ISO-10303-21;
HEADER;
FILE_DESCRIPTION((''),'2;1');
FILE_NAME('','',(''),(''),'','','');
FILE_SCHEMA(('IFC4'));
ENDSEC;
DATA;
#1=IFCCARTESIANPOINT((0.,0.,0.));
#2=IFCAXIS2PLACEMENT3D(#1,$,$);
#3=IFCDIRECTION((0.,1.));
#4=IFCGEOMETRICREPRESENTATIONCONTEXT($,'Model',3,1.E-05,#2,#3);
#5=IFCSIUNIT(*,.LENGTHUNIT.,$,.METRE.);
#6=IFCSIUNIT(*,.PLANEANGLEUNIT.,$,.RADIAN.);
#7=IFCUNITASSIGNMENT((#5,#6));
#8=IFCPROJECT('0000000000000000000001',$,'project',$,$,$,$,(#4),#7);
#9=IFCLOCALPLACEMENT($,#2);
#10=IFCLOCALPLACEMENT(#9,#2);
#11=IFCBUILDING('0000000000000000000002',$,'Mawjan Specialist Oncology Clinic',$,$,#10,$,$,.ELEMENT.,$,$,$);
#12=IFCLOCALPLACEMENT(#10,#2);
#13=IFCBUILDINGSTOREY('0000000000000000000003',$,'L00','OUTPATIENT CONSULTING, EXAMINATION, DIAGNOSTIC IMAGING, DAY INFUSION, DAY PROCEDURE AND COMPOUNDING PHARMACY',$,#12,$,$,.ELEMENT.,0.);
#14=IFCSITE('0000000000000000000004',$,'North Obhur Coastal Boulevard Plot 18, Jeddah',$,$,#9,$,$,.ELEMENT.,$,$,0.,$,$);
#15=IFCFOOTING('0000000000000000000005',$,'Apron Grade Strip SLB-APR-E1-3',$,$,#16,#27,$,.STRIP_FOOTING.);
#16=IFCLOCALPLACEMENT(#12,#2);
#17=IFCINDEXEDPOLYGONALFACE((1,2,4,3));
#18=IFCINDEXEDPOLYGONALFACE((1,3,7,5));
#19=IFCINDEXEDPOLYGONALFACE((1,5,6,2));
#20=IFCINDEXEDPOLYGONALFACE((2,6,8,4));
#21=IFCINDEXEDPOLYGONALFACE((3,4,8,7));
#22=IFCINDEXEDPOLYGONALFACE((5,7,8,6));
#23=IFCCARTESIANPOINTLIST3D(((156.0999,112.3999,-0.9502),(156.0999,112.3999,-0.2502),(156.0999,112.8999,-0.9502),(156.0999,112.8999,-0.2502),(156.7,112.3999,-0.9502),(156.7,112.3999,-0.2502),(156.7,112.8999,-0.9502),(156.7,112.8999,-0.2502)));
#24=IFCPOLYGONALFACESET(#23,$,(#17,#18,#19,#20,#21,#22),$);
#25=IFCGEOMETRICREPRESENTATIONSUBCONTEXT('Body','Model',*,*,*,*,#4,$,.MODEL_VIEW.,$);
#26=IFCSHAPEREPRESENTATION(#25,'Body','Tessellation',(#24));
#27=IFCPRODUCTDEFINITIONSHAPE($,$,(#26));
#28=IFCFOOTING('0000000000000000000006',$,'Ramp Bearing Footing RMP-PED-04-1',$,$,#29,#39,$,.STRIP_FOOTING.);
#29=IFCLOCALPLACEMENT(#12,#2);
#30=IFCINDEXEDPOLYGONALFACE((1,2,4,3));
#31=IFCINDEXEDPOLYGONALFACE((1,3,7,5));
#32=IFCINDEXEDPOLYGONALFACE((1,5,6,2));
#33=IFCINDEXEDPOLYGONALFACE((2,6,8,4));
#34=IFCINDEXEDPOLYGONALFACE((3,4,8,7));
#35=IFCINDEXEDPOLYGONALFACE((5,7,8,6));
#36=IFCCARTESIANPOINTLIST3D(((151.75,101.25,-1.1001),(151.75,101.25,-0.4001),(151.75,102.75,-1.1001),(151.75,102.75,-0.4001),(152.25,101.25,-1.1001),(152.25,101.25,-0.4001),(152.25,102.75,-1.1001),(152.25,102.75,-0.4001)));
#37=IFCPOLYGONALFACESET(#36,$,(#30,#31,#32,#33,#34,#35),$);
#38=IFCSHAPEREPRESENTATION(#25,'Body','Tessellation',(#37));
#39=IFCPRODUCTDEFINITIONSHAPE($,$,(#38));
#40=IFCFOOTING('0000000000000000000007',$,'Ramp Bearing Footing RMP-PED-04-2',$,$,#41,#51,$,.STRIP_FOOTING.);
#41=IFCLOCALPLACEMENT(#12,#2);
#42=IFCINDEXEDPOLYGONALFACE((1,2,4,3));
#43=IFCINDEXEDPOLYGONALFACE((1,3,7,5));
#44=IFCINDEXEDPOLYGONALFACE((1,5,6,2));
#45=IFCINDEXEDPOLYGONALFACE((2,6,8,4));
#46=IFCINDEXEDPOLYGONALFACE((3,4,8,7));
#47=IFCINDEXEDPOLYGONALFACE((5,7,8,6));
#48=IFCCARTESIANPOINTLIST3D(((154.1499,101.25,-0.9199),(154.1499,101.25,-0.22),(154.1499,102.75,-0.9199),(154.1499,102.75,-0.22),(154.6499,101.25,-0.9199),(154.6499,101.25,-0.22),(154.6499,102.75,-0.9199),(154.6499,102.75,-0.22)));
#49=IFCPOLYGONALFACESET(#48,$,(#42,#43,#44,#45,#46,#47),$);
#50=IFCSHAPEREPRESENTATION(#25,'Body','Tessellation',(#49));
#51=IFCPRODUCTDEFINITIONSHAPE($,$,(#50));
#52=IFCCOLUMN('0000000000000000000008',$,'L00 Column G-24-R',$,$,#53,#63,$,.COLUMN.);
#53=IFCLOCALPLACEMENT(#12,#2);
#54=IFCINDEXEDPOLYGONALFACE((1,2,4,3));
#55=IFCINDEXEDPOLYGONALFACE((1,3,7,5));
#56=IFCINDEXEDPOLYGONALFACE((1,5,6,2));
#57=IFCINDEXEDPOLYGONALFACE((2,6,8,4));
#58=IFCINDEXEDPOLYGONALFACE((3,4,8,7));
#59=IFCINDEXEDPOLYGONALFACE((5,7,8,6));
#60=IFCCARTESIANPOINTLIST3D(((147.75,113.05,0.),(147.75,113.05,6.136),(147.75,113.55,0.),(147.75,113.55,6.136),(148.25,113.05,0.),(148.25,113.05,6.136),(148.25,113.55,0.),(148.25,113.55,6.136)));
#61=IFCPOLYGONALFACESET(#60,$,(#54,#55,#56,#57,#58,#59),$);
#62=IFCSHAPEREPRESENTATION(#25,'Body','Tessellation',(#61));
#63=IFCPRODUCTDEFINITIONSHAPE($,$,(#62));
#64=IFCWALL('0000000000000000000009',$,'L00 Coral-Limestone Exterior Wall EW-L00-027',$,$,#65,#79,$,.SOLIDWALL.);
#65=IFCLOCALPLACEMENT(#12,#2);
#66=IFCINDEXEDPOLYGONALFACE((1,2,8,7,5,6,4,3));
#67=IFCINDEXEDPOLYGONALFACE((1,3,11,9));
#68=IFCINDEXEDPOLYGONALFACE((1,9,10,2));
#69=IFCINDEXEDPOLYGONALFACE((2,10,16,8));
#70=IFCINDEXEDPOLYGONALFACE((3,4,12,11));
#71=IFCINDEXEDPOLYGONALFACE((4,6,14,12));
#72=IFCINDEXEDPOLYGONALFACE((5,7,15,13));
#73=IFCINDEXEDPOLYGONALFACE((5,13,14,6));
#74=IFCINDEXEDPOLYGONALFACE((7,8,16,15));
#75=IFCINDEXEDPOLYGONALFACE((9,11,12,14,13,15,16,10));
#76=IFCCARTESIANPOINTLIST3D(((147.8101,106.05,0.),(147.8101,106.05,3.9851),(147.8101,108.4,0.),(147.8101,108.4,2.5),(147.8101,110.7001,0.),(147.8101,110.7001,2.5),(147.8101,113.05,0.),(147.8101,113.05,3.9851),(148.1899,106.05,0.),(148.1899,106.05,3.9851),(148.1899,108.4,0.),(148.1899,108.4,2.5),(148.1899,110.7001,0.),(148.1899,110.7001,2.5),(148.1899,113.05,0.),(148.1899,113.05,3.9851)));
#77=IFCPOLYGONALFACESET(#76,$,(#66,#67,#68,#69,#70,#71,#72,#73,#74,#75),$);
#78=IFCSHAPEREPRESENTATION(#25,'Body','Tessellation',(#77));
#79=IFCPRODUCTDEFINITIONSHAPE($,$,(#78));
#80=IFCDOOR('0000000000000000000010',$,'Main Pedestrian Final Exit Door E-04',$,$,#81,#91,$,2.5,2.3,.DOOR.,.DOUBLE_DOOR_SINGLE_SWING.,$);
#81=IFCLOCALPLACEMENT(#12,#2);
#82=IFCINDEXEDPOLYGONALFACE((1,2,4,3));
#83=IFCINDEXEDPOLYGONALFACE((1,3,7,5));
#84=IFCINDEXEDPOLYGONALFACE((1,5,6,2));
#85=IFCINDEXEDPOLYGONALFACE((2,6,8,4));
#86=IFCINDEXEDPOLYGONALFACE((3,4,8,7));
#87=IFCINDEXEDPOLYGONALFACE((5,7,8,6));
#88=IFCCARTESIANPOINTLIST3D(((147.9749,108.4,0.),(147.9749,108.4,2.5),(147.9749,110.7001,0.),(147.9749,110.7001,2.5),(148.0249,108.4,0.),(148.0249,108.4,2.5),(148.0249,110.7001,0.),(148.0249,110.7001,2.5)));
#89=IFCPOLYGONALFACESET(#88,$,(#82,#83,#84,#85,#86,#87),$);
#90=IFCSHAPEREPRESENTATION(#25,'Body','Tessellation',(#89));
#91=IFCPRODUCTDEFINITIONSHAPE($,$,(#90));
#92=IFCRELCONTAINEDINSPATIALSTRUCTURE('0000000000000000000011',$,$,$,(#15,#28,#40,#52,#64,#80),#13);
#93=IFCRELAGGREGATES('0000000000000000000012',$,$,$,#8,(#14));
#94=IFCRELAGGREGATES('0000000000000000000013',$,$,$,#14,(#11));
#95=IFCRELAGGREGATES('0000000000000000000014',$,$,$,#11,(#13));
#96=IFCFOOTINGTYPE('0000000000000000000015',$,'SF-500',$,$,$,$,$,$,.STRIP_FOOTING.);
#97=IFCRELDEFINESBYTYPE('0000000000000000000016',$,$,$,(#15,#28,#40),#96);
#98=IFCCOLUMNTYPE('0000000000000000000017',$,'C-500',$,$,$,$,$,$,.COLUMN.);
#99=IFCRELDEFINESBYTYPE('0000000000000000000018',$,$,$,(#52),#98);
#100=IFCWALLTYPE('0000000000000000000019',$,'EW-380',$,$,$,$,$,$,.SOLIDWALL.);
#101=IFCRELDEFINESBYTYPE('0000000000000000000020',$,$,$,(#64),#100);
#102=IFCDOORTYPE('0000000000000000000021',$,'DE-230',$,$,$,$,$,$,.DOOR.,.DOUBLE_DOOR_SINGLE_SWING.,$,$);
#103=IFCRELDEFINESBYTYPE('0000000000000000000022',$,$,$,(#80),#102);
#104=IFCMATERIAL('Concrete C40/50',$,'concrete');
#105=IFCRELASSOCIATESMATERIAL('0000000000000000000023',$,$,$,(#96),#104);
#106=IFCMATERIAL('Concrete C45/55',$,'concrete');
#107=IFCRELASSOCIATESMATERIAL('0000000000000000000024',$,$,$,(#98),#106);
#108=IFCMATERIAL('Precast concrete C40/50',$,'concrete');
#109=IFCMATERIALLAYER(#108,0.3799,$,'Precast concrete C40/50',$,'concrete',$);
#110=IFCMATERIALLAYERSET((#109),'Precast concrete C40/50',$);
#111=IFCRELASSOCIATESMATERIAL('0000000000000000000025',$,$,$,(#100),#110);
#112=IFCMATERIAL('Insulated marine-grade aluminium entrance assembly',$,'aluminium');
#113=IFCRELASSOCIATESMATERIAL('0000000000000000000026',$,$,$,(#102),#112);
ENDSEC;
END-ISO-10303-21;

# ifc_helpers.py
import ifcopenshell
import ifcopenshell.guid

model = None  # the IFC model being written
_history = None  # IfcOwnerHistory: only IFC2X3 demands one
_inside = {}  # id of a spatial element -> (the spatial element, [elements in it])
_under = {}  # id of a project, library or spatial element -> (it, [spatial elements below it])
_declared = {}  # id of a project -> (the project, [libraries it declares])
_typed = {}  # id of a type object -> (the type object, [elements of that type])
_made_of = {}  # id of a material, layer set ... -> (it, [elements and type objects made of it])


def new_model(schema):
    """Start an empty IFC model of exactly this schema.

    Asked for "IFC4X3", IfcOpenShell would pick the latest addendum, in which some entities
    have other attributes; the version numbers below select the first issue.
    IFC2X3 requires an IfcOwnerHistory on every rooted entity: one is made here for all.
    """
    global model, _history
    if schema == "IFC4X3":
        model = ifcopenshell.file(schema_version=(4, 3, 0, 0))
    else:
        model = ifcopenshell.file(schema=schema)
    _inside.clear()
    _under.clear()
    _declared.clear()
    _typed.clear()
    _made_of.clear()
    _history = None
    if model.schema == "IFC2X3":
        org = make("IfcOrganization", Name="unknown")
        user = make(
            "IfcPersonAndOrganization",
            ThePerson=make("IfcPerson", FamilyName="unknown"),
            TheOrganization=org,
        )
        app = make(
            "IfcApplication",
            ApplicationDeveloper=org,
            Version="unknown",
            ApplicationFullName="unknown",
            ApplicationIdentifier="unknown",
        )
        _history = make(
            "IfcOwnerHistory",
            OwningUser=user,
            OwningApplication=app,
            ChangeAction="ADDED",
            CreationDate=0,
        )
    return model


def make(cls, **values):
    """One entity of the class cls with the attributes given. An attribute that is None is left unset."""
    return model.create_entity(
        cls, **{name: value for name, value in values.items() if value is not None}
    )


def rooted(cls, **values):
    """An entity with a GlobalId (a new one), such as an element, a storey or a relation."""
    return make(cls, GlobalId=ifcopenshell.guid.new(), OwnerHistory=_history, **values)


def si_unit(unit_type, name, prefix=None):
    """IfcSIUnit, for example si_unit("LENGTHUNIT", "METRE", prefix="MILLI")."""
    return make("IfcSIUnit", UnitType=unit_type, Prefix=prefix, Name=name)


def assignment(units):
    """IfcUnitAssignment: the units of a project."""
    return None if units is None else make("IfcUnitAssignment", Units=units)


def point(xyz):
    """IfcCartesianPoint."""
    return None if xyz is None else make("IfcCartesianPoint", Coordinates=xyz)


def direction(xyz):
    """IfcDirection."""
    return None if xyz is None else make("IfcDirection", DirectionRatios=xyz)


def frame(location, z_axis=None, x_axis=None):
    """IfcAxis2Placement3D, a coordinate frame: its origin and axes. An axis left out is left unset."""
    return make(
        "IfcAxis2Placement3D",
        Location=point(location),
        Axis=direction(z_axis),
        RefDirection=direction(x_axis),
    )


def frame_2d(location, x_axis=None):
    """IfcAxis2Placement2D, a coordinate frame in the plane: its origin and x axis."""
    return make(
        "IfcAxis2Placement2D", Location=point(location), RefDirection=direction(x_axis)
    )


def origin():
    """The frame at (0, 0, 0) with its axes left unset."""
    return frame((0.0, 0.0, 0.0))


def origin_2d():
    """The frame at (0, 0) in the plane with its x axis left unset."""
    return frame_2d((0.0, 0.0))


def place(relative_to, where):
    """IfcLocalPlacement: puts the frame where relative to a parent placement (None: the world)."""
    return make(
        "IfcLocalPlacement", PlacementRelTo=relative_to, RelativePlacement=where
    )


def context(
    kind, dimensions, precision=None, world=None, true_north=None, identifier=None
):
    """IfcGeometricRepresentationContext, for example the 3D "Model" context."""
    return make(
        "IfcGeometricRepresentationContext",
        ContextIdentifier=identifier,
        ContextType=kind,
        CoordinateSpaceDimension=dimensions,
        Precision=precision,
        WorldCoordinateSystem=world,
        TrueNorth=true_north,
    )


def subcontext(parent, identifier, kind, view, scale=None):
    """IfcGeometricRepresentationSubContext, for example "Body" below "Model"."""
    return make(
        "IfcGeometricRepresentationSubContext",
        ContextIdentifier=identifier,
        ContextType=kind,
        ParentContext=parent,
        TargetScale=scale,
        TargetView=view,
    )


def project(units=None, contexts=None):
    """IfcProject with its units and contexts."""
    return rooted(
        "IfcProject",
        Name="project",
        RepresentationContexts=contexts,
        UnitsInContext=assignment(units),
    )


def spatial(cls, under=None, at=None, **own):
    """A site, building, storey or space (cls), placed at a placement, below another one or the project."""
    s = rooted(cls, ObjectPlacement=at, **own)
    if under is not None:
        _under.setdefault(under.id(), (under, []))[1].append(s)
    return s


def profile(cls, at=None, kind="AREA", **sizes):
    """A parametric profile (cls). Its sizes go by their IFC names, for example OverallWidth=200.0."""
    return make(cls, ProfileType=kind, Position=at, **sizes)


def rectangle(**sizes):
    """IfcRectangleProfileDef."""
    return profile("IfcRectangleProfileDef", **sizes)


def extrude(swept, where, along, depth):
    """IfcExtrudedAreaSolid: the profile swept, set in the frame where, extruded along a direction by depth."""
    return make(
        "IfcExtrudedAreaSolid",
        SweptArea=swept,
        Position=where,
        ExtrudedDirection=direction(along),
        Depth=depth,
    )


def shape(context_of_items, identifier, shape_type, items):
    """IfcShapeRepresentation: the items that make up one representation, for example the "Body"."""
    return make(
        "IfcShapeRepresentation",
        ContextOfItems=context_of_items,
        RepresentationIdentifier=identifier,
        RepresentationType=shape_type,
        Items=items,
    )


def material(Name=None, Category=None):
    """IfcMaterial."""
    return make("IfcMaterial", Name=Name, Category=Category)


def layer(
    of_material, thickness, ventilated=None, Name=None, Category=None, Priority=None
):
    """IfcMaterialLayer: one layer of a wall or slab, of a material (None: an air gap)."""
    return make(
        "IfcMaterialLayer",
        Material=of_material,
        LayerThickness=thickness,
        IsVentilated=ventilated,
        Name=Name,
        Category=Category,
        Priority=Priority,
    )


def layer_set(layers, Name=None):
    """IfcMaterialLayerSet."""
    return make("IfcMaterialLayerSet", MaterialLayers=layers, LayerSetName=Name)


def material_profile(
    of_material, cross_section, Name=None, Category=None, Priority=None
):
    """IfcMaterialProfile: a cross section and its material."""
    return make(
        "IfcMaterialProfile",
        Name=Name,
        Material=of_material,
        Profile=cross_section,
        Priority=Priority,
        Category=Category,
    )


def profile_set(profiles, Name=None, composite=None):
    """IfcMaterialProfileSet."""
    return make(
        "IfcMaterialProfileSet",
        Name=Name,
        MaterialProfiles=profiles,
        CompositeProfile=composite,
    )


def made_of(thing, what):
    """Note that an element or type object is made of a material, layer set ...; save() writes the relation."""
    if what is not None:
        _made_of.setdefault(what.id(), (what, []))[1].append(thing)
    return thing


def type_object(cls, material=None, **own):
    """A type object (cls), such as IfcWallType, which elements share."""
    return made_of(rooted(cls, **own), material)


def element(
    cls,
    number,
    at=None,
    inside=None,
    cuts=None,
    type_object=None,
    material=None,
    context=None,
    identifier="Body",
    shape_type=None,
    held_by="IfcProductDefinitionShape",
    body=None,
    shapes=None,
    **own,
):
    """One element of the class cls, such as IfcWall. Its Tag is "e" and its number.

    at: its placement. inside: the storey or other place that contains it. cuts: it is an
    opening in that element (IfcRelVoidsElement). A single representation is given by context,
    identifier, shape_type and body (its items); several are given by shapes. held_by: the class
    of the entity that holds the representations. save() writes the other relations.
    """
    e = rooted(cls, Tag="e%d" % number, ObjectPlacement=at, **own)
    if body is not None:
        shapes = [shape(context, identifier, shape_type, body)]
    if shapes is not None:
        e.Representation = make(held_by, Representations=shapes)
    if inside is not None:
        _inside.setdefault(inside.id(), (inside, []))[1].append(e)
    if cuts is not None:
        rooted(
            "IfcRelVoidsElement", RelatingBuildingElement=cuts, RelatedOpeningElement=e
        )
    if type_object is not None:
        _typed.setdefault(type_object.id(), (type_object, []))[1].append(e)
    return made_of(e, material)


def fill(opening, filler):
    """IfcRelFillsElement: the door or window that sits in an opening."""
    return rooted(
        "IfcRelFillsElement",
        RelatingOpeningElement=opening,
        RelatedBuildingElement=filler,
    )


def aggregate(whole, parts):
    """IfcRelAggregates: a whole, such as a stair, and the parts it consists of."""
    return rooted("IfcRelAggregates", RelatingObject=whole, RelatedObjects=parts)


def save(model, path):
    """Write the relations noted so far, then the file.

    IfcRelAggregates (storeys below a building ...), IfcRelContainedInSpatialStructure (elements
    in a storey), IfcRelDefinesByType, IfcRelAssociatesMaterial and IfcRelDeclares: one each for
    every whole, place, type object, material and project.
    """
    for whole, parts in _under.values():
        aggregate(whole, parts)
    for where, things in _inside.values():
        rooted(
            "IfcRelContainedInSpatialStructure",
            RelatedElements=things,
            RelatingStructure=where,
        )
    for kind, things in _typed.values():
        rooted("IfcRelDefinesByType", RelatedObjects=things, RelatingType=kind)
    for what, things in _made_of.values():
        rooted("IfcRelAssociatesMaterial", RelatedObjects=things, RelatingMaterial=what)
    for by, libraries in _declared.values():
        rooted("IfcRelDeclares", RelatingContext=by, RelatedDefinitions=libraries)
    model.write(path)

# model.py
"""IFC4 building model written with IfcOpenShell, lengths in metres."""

from ifc_helpers import new_model, si_unit, direction, frame, frame_2d, origin, origin_2d, place, context, subcontext, project, spatial, rectangle, extrude, material, layer, layer_set, material_profile, profile_set, type_object, element, fill, save


model = new_model("IFC4")

# Units and contexts
model_context = context("Model", 3, precision=1e-05, world=origin(), true_north=direction((0.0, 1.0)))
body_context = subcontext(model_context, "Body", "Model", "MODEL_VIEW")
ifc_project = project(units=[si_unit("LENGTHUNIT", "METRE"), si_unit("PLANEANGLEUNIT", "RADIAN")], contexts=[model_context])

# Site, building, storey
site_placement = place(None, origin())
site = spatial("IfcSite", under=ifc_project, at=site_placement, Name="North Obhur Coastal Boulevard Plot 18, Jeddah", CompositionType="ELEMENT", RefElevation=0.0)
building_placement = place(site_placement, origin())
building = spatial("IfcBuilding", under=site, at=building_placement, Name="Mawjan Specialist Oncology Clinic", CompositionType="ELEMENT")
storey_placement = place(building_placement, origin())
storey = spatial("IfcBuildingStorey", under=building, at=storey_placement, Name="L00", Description="OUTPATIENT CONSULTING, EXAMINATION, DIAGNOSTIC IMAGING, DAY INFUSION, DAY PROCEDURE AND COMPOUNDING PHARMACY", CompositionType="ELEMENT", Elevation=0.0)

# Footings
ifc_material_1 = material(Name="Concrete C40/50", Category="concrete")
footing_type_1 = type_object("IfcFootingType", Name="SF-500", PredefinedType="STRIP_FOOTING", material=ifc_material_1)
for number, where, z_axis, x_axis, name in (
    (1, (156.3999, 112.6499, -0.9502), (0.0, 0.0, 1.0), (1.0, 0.0, 0.0), "Apron Grade Strip SLB-APR-E1-3"),
):
    element("IfcFooting", number, at=place(storey_placement, frame(where, z_axis=z_axis, x_axis=x_axis)), inside=storey, type_object=footing_type_1, Name=name, PredefinedType="STRIP_FOOTING", context=body_context, shape_type="SweptSolid", body=[
        extrude(rectangle(XDim=0.6001, YDim=0.5, at=origin_2d()), origin(), (0.0, 0.0, 1.0), 0.7),
    ])
for number, where, z_axis, x_axis, name in (
    (2, (152.0, 102.0, -1.1001), (0.0, 0.0, 1.0), (1.0, 0.0, 0.0), "Ramp Bearing Footing RMP-PED-04-1"),
    (3, (154.3999, 102.0, -0.9199), (0.0, 0.0, 1.0), (1.0, 0.0, 0.0), "Ramp Bearing Footing RMP-PED-04-2"),
):
    element("IfcFooting", number, at=place(storey_placement, frame(where, z_axis=z_axis, x_axis=x_axis)), inside=storey, type_object=footing_type_1, Name=name, PredefinedType="STRIP_FOOTING", context=body_context, shape_type="SweptSolid", body=[
        extrude(rectangle(XDim=0.5, YDim=1.5, at=origin_2d()), origin(), (0.0, 0.0, 1.0), 0.7),
    ])

# Column
ifc_material_2 = material(Name="Concrete C45/55", Category="concrete")
ifc_material_profile_1 = material_profile(ifc_material_2, rectangle(XDim=0.5, YDim=0.5, at=origin_2d()), Name="RC COL 500x500", Category="concrete")
ifc_profile_set_1 = profile_set([ifc_material_profile_1], Name="Concrete C45/55")
column_type = type_object("IfcColumnType", Name="C-500", PredefinedType="COLUMN", material=ifc_profile_set_1)
column_placement = place(storey_placement, frame((148.0, 113.3, 0.0), z_axis=(0.0, 0.0, 1.0), x_axis=(1.0, 0.0, 0.0)))
element("IfcColumn", 4, at=column_placement, inside=storey, type_object=column_type, Name="L00 Column G-24-R", PredefinedType="COLUMN", context=body_context, shape_type="SweptSolid", body=[
    extrude(rectangle(XDim=0.5, YDim=0.5, at=origin_2d()), origin(), (0.0, 0.0, 1.0), 6.136),
])

# Wall, opening, door
ifc_material_3 = material(Name="Precast concrete C40/50", Category="concrete")
ifc_layer_1 = layer(ifc_material_3, 0.3799, Name="Precast concrete C40/50", Category="concrete")
ifc_layer_set_1 = layer_set([ifc_layer_1], Name="Precast concrete C40/50")
wall_type = type_object("IfcWallType", Name="EW-380", PredefinedType="SOLIDWALL", material=ifc_layer_set_1)
wall_placement = place(storey_placement, frame((148.0, 113.05, 0.0), z_axis=(0.0, 0.0, 1.0), x_axis=(0.0, -1.0, 0.0)))
wall = element("IfcWall", 5, at=wall_placement, inside=storey, type_object=wall_type, Name="L00 Coral-Limestone Exterior Wall EW-L00-027", PredefinedType="SOLIDWALL", context=body_context, shape_type="SweptSolid", body=[
    extrude(rectangle(XDim=7.0, YDim=0.3799, at=frame_2d((3.5, 0.0))), origin(), (0.0, 0.0, 1.0), 3.9851),
])
opening_placement = place(wall_placement, frame((2.3501, 0.0, 0.0)))
opening = element("IfcOpeningElement", 6, at=opening_placement, cuts=wall, PredefinedType="OPENING", context=body_context, shape_type="SweptSolid", body=[
    extrude(rectangle(XDim=2.3, YDim=2.5, at=frame_2d((1.1499, 1.25))), frame((0.0, 0.2019, 0.0), z_axis=(0.0, -1.0, 0.0), x_axis=(1.0, 0.0, 0.0)), (0.0, 0.0, 1.0), 0.4038),
])
ifc_material_4 = material(Name="Insulated marine-grade aluminium entrance assembly", Category="aluminium")
door_type = type_object("IfcDoorType", Name="DE-230", OperationType="DOUBLE_DOOR_SINGLE_SWING", PredefinedType="DOOR", material=ifc_material_4)
door_placement = place(opening_placement, origin())
door = element("IfcDoor", 7, at=door_placement, inside=storey, type_object=door_type, Name="Main Pedestrian Final Exit Door E-04", OperationType="DOUBLE_DOOR_SINGLE_SWING", OverallHeight=2.5, OverallWidth=2.3, PredefinedType="DOOR", context=body_context, shape_type="SweptSolid", body=[
    extrude(rectangle(XDim=2.3, YDim=2.5, at=frame_2d((1.1499, 1.25))), frame((0.0, 0.0249, 0.0), z_axis=(0.0, -1.0, 0.0), x_axis=(1.0, 0.0, 0.0)), (0.0, 0.0, 1.0), 0.05),
])
fill(opening, door)

save(model, "model.ifc")
